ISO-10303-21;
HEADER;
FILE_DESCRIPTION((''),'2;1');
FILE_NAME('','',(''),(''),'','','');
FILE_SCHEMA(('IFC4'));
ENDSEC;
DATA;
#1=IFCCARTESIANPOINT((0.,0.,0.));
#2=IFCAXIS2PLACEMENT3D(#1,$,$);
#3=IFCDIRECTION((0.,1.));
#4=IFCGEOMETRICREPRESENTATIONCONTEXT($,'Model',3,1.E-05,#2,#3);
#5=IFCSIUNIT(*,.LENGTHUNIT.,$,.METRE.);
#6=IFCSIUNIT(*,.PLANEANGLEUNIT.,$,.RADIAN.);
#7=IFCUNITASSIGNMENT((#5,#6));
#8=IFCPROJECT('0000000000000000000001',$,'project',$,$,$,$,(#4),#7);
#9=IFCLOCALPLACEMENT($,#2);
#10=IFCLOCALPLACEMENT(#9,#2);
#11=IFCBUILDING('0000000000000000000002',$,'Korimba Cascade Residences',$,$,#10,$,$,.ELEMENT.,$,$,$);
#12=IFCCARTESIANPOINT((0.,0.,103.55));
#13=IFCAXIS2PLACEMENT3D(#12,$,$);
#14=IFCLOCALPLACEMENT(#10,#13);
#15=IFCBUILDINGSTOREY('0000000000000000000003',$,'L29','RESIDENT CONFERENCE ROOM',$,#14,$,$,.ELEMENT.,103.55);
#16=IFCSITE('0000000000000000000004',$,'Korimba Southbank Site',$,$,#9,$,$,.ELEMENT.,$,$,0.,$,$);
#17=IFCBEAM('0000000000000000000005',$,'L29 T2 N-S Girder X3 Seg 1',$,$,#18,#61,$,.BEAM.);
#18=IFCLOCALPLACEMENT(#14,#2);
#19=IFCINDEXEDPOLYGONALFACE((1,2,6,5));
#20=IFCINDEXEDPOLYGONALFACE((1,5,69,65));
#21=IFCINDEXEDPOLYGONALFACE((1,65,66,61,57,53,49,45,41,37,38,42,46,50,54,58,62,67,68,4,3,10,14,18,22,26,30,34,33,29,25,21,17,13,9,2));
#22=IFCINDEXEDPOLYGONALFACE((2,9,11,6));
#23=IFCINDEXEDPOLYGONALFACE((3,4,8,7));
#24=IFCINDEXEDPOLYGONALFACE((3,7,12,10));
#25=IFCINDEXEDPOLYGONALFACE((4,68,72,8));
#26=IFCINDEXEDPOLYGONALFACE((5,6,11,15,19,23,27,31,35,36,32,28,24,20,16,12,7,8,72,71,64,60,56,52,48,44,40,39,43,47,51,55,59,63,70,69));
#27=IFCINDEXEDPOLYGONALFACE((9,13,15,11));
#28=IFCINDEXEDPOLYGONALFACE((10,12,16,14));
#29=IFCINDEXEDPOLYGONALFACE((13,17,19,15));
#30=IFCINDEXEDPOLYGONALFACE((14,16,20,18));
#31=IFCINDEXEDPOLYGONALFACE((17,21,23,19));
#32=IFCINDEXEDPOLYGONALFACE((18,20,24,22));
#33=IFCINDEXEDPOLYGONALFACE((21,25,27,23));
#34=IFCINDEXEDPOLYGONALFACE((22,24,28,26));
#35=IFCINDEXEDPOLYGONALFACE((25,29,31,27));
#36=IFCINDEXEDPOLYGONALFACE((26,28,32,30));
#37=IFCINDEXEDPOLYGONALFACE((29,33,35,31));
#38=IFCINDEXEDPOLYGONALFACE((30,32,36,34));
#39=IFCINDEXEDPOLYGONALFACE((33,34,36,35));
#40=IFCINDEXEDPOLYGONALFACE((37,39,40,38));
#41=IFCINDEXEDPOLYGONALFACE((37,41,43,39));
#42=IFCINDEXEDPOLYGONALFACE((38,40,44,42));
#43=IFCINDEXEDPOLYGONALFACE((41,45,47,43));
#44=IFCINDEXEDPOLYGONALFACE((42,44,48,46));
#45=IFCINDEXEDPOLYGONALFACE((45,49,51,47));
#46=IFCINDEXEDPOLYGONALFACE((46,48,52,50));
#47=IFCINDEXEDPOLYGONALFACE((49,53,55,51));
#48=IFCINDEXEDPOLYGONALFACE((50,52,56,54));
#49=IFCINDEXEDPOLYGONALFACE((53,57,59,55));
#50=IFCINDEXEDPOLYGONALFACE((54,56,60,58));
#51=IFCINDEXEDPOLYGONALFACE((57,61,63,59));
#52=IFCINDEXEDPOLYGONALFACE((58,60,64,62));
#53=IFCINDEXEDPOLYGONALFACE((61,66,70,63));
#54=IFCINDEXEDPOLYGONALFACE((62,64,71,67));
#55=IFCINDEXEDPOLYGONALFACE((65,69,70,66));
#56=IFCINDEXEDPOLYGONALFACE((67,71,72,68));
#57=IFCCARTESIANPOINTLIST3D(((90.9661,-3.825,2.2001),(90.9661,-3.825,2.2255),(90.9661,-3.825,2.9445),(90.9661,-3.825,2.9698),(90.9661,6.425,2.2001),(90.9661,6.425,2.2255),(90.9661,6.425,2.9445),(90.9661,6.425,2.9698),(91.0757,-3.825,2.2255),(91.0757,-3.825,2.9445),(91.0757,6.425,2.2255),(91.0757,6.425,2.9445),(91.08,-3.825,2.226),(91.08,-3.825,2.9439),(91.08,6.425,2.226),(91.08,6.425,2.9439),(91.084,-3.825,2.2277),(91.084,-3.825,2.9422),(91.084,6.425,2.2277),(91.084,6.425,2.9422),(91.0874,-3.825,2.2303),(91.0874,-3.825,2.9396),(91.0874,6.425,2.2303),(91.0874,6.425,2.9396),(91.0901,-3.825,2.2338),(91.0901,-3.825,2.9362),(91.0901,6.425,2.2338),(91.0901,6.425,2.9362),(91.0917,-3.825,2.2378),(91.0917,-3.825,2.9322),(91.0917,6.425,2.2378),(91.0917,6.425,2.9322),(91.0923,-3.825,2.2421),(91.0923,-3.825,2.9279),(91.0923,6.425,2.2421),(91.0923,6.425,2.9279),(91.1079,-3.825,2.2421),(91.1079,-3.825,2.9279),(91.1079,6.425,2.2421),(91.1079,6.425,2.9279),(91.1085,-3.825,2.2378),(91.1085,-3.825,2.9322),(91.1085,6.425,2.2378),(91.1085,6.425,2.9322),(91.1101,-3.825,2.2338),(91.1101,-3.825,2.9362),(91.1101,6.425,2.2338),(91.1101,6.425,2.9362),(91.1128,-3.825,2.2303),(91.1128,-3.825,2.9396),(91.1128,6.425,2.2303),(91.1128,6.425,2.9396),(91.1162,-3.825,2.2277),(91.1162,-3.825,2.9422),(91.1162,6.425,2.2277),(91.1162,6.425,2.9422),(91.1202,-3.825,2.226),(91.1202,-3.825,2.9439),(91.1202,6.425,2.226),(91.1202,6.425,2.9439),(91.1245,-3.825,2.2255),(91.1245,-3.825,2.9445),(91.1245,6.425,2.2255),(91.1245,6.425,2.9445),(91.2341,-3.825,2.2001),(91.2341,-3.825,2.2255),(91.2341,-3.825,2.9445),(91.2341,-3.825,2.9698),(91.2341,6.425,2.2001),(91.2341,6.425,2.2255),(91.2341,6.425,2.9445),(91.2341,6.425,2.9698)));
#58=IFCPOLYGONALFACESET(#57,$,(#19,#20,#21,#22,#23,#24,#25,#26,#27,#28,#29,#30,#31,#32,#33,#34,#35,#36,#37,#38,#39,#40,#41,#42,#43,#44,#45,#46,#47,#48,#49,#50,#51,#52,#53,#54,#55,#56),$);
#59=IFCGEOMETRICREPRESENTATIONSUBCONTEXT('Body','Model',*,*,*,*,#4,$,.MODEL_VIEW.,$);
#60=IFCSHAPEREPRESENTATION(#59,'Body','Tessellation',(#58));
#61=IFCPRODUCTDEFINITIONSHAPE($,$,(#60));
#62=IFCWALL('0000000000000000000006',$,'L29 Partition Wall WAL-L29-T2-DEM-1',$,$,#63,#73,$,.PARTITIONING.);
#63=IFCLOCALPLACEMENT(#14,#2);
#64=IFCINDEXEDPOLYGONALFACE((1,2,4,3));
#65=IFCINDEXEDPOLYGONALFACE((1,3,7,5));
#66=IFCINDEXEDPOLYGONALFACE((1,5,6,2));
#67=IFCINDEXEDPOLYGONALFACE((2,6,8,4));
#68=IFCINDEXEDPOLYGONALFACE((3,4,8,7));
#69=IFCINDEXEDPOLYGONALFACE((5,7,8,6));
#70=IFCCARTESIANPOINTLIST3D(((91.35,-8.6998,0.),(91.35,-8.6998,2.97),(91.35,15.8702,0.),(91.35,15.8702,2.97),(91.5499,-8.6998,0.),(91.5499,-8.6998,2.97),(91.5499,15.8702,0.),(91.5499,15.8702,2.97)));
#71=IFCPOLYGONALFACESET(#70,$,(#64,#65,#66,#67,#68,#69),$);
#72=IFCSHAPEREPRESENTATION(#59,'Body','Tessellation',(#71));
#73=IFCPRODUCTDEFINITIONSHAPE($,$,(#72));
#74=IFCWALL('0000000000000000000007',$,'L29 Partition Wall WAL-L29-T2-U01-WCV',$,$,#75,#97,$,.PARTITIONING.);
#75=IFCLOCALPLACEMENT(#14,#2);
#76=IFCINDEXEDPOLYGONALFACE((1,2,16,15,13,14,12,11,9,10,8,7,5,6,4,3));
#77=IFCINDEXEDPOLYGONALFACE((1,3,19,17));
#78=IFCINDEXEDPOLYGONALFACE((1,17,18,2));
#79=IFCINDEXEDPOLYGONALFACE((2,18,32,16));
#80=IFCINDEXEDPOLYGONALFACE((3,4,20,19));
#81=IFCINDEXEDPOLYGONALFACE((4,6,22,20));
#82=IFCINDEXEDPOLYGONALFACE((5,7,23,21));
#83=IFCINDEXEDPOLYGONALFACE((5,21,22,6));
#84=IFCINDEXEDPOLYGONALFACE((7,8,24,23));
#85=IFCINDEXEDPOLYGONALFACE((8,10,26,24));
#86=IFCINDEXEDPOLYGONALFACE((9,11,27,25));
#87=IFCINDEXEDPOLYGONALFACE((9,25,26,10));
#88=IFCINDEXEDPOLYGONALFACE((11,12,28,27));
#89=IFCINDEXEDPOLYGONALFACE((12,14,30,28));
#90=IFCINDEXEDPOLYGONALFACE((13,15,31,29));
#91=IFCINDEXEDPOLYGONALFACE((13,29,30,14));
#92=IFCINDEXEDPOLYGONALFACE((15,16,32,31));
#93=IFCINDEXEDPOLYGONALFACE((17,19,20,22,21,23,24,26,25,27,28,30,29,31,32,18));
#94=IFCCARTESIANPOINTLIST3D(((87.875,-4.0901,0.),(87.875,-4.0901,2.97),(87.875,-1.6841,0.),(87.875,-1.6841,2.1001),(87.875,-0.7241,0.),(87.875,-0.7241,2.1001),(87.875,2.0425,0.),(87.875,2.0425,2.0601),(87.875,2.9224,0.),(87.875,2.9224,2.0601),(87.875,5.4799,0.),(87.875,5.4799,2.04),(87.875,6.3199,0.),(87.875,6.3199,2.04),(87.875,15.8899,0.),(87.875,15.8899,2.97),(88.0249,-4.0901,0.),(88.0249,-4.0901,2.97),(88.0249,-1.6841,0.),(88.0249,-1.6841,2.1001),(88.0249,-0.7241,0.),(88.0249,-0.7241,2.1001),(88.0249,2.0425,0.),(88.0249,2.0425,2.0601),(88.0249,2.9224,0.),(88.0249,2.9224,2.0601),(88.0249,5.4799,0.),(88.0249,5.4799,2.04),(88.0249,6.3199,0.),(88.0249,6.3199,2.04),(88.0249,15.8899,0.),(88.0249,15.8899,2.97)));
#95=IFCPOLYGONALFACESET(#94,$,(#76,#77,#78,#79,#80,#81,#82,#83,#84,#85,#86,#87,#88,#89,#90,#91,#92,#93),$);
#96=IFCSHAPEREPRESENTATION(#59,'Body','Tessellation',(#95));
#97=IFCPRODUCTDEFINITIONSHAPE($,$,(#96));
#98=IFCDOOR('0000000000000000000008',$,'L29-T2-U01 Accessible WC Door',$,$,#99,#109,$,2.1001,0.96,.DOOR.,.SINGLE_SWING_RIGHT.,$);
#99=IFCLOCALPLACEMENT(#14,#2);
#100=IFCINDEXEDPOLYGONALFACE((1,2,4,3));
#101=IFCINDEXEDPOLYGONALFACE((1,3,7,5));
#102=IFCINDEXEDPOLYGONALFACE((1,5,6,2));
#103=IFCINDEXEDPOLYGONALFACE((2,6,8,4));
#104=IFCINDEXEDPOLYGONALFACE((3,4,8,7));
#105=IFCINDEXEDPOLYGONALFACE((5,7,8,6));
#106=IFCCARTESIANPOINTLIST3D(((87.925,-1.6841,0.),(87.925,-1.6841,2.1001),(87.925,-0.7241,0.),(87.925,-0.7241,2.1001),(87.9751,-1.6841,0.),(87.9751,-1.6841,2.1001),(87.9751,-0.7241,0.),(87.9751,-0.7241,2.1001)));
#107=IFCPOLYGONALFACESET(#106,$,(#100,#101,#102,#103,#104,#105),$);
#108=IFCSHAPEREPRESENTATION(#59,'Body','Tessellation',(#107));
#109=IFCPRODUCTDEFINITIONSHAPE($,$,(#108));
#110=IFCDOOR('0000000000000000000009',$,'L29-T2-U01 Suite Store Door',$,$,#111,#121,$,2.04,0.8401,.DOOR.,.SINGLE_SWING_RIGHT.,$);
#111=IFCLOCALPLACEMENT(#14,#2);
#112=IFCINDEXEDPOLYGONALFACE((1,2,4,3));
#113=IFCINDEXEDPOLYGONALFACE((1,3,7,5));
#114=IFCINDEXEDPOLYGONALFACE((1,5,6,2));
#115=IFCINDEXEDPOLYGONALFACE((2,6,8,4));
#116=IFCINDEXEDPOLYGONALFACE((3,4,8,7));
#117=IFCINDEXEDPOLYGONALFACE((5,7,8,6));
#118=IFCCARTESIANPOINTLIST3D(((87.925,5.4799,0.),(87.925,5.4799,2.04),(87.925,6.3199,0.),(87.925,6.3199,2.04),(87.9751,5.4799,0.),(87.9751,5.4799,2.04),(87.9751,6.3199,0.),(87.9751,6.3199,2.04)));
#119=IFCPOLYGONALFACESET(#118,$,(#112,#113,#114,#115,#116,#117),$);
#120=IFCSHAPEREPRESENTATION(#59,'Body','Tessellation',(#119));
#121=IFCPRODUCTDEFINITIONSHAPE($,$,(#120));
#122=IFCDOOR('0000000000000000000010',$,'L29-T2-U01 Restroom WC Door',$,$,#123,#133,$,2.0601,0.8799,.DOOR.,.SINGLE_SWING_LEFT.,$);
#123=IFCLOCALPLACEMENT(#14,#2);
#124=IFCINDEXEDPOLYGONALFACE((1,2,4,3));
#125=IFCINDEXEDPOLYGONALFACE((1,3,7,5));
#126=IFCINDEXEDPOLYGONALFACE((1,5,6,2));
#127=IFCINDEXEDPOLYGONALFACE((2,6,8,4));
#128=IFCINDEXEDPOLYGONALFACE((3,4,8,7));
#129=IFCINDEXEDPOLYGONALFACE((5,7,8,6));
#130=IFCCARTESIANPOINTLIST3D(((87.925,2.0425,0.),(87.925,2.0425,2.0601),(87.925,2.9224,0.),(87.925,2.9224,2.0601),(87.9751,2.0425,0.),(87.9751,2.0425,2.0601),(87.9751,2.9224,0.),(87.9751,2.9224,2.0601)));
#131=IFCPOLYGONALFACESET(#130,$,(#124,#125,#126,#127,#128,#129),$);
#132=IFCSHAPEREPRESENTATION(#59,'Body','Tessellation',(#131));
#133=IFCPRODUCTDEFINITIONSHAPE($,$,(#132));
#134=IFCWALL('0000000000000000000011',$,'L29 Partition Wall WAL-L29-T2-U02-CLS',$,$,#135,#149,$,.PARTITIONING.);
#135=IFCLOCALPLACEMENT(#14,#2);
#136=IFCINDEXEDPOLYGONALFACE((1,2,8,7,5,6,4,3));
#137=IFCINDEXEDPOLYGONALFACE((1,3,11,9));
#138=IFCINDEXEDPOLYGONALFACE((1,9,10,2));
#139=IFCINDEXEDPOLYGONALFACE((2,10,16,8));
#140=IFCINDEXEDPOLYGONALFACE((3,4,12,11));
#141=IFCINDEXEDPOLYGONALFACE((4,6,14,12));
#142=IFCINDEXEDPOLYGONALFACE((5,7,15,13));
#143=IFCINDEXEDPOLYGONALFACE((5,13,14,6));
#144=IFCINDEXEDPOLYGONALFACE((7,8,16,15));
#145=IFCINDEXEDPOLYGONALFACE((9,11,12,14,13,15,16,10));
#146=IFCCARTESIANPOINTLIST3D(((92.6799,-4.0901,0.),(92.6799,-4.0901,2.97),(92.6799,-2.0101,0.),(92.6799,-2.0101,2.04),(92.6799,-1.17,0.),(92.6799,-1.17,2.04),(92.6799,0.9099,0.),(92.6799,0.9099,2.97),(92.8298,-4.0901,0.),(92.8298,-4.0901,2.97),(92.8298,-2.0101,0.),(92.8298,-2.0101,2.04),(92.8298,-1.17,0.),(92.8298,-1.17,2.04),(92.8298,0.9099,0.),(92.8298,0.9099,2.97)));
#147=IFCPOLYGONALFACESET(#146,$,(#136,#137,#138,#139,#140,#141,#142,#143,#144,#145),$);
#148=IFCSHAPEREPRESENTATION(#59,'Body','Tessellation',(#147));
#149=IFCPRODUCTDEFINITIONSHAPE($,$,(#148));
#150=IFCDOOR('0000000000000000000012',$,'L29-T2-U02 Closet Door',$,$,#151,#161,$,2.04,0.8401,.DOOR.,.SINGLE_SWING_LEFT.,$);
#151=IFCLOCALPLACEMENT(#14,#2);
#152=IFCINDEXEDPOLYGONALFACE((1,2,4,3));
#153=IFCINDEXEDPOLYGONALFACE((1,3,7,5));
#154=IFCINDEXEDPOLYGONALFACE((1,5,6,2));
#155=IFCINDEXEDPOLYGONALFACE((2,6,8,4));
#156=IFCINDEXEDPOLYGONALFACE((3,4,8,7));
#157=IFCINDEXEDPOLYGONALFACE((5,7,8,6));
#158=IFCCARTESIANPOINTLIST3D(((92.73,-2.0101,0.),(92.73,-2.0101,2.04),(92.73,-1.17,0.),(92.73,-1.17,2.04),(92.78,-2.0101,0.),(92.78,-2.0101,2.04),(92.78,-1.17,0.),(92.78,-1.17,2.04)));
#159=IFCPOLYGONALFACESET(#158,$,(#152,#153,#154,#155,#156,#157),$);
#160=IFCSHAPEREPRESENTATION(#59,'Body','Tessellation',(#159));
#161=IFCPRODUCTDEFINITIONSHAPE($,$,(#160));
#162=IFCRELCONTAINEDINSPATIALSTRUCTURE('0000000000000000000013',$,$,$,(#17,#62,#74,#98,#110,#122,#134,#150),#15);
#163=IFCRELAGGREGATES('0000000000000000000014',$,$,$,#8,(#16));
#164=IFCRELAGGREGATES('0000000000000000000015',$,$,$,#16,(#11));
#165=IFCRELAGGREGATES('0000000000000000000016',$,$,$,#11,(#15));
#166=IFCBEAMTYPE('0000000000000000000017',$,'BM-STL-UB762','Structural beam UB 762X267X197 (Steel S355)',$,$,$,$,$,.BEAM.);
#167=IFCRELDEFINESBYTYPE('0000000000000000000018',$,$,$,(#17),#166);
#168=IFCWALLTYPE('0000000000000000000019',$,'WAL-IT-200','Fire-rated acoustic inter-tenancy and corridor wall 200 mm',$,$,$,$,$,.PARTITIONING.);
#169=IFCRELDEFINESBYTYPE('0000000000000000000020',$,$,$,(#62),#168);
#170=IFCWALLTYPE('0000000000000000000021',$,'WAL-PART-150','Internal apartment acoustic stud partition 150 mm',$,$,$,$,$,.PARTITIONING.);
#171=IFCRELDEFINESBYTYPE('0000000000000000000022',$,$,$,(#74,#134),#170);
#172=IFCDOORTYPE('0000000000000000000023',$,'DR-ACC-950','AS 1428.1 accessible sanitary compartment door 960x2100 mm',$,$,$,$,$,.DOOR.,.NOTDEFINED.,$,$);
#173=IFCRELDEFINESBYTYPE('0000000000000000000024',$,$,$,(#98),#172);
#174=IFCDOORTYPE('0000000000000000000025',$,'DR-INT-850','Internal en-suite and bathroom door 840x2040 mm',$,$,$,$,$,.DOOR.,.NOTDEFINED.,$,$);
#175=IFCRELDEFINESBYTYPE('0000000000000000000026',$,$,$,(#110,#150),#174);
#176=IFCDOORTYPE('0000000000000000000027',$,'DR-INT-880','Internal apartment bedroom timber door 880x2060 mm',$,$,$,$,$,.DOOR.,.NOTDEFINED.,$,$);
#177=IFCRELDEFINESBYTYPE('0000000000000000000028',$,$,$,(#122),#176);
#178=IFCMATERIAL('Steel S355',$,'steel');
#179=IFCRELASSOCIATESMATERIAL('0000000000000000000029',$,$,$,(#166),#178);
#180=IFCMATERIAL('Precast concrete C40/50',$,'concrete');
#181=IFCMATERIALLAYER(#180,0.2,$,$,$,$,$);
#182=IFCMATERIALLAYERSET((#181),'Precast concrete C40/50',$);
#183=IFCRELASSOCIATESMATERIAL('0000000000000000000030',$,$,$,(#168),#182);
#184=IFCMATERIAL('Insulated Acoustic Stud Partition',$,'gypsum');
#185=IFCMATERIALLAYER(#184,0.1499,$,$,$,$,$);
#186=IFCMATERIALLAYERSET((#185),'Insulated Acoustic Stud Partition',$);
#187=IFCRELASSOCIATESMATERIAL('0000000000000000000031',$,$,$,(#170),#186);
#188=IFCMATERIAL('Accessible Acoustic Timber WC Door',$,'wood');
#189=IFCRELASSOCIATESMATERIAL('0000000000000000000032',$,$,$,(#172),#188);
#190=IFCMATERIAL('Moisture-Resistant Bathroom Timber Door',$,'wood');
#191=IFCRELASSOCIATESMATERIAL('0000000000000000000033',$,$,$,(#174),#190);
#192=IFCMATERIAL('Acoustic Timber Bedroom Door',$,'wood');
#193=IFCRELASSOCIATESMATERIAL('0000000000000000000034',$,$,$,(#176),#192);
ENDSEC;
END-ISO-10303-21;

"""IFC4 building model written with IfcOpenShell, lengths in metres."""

from ifc_helpers import new_model, si_unit, direction, frame, frame_2d, origin, origin_2d, place, context, subcontext, project, spatial, rectangle, i_section, extrude, material, layer, layer_set, material_profile, profile_set, type_object, element, fill, save


model = new_model("IFC4")

# Units and contexts
model_context = context("Model", 3, precision=1e-05, world=origin(), true_north=direction((0.0, 1.0)))
body_context = subcontext(model_context, "Body", "Model", "MODEL_VIEW")
ifc_project = project(units=[si_unit("LENGTHUNIT", "METRE"), si_unit("PLANEANGLEUNIT", "RADIAN")], contexts=[model_context])

# Site, building, storey
site_placement = place(None, origin())
site = spatial("IfcSite", under=ifc_project, at=site_placement, Name="Korimba Southbank Site", CompositionType="ELEMENT", RefElevation=0.0)
building_placement = place(site_placement, origin())
building = spatial("IfcBuilding", under=site, at=building_placement, Name="Korimba Cascade Residences", CompositionType="ELEMENT")
storey_placement = place(building_placement, frame((0.0, 0.0, 103.55)))
storey = spatial("IfcBuildingStorey", under=building, at=storey_placement, Name="L29", Description="RESIDENT CONFERENCE ROOM", CompositionType="ELEMENT", Elevation=103.55)

# Beam
ifc_material_1 = material(Name="Steel S355", Category="steel")
ifc_material_profile_1 = material_profile(ifc_material_1, i_section(OverallWidth=0.2681, OverallDepth=0.7698, WebThickness=0.0156, FlangeThickness=0.0254, FilletRadius=0.0166, at=origin_2d()), Name="Steel S355")
ifc_profile_set_1 = profile_set([ifc_material_profile_1], Name="Steel S355")
beam_type_1 = type_object("IfcBeamType", Name="BM-STL-UB762", Description="Structural beam UB 762X267X197 (Steel S355)", PredefinedType="BEAM", material=ifc_profile_set_1)
for number, where, z_axis, x_axis, name in (
    (1, (91.1001, -3.825, 2.585), (0.0, 1.0, 0.0), (-1.0, 0.0, 0.0), "L29 T2 N-S Girder X3 Seg 1"),
):
    element("IfcBeam", number, at=place(storey_placement, frame(where, z_axis=z_axis, x_axis=x_axis)), inside=storey, type_object=beam_type_1, Name=name, PredefinedType="BEAM", context=body_context, shape_type="SweptSolid", body=[
        extrude(i_section(OverallWidth=0.2681, OverallDepth=0.7698, WebThickness=0.0156, FlangeThickness=0.0254, FilletRadius=0.0166, at=origin_2d()), origin(), (0.0, 0.0, 1.0), 10.25),
    ])

# Wall
ifc_material_2 = material(Name="Precast concrete C40/50", Category="concrete")
ifc_layer_1 = layer(ifc_material_2, 0.2)
ifc_layer_set_1 = layer_set([ifc_layer_1], Name="Precast concrete C40/50")
wall_type_1 = type_object("IfcWallType", Name="WAL-IT-200", Description="Fire-rated acoustic inter-tenancy and corridor wall 200 mm", PredefinedType="PARTITIONING", material=ifc_layer_set_1)
wall_1_placement = place(storey_placement, frame((91.45, -8.7, 0.0), z_axis=(0.0, 0.0, 1.0), x_axis=(0.0, 1.0, 0.0)))
element("IfcWall", 2, at=wall_1_placement, inside=storey, type_object=wall_type_1, Name="L29 Partition Wall WAL-L29-T2-DEM-1", PredefinedType="PARTITIONING", context=body_context, shape_type="SweptSolid", body=[
    extrude(rectangle(XDim=24.5701, YDim=0.2, at=frame_2d((12.2852, 0.0))), origin(), (0.0, 0.0, 1.0), 2.97),
])

# Wall, openings, doors
ifc_material_3 = material(Name="Insulated Acoustic Stud Partition", Category="gypsum")
ifc_layer_2 = layer(ifc_material_3, 0.1499)
ifc_layer_set_2 = layer_set([ifc_layer_2], Name="Insulated Acoustic Stud Partition")
wall_type_2 = type_object("IfcWallType", Name="WAL-PART-150", Description="Internal apartment acoustic stud partition 150 mm", PredefinedType="PARTITIONING", material=ifc_layer_set_2)
wall_2_placement = place(storey_placement, frame((87.95, -4.0901, 0.0), z_axis=(0.0, 0.0, 1.0), x_axis=(0.0, 1.0, 0.0)))
wall_2 = element("IfcWall", 3, at=wall_2_placement, inside=storey, type_object=wall_type_2, Name="L29 Partition Wall WAL-L29-T2-U01-WCV", PredefinedType="PARTITIONING", context=body_context, shape_type="SweptSolid", body=[
    extrude(rectangle(XDim=19.98, YDim=0.1499, at=frame_2d((9.99, 0.0))), origin(), (0.0, 0.0, 1.0), 2.97),
])
opening_1_placement = place(wall_2_placement, frame((2.406, 0.0, 0.0)))
opening_1 = element("IfcOpeningElement", 4, at=opening_1_placement, cuts=wall_2, PredefinedType="OPENING", context=body_context, shape_type="SweptSolid", body=[
    extrude(rectangle(XDim=0.96, YDim=2.1001, at=frame_2d((0.48, 1.05))), frame((0.0, 0.085, 0.0), z_axis=(0.0, -1.0, 0.0), x_axis=(1.0, 0.0, 0.0)), (0.0, 0.0, 1.0), 0.1699),
])
opening_2_placement = place(wall_2_placement, frame((6.1326, 0.0, 0.0)))
opening_2 = element("IfcOpeningElement", 5, at=opening_2_placement, cuts=wall_2, PredefinedType="OPENING", context=body_context, shape_type="SweptSolid", body=[
    extrude(rectangle(XDim=0.8799, YDim=2.0601, at=frame_2d((0.4399, 1.03))), frame((0.0, 0.085, 0.0), z_axis=(0.0, -1.0, 0.0), x_axis=(1.0, 0.0, 0.0)), (0.0, 0.0, 1.0), 0.1699),
])
opening_3_placement = place(wall_2_placement, frame((9.5701, 0.0, 0.0)))
opening_3 = element("IfcOpeningElement", 6, at=opening_3_placement, cuts=wall_2, PredefinedType="OPENING", context=body_context, shape_type="SweptSolid", body=[
    extrude(rectangle(XDim=0.8401, YDim=2.04, at=frame_2d((0.4199, 1.02))), frame((0.0, 0.085, 0.0), z_axis=(0.0, -1.0, 0.0), x_axis=(1.0, 0.0, 0.0)), (0.0, 0.0, 1.0), 0.1699),
])
ifc_material_4 = material(Name="Accessible Acoustic Timber WC Door", Category="wood")
door_type_1 = type_object("IfcDoorType", Name="DR-ACC-950", Description="AS 1428.1 accessible sanitary compartment door 960x2100 mm", OperationType="NOTDEFINED", PredefinedType="DOOR", material=ifc_material_4)
door_1_placement = place(opening_1_placement, origin())
door_1 = element("IfcDoor", 7, at=door_1_placement, inside=storey, type_object=door_type_1, Name="L29-T2-U01 Accessible WC Door", OperationType="SINGLE_SWING_RIGHT", OverallHeight=2.1001, OverallWidth=0.96, PredefinedType="DOOR", context=body_context, shape_type="SweptSolid", body=[
    extrude(rectangle(XDim=0.96, YDim=2.1001, at=frame_2d((0.48, 1.05))), frame((0.0, 0.0249, 0.0), z_axis=(0.0, -1.0, 0.0), x_axis=(1.0, 0.0, 0.0)), (0.0, 0.0, 1.0), 0.05),
])
fill(opening_1, door_1)
ifc_material_5 = material(Name="Moisture-Resistant Bathroom Timber Door", Category="wood")
door_type_2 = type_object("IfcDoorType", Name="DR-INT-850", Description="Internal en-suite and bathroom door 840x2040 mm", OperationType="NOTDEFINED", PredefinedType="DOOR", material=ifc_material_5)
door_2_placement = place(opening_3_placement, origin())
door_2 = element("IfcDoor", 8, at=door_2_placement, inside=storey, type_object=door_type_2, Name="L29-T2-U01 Suite Store Door", OperationType="SINGLE_SWING_RIGHT", OverallHeight=2.04, OverallWidth=0.8401, PredefinedType="DOOR", context=body_context, shape_type="SweptSolid", body=[
    extrude(rectangle(XDim=0.8401, YDim=2.04, at=frame_2d((0.4199, 1.02))), frame((0.0, 0.0249, 0.0), z_axis=(0.0, -1.0, 0.0), x_axis=(1.0, 0.0, 0.0)), (0.0, 0.0, 1.0), 0.05),
])
fill(opening_3, door_2)
ifc_material_6 = material(Name="Acoustic Timber Bedroom Door", Category="wood")
door_type_3 = type_object("IfcDoorType", Name="DR-INT-880", Description="Internal apartment bedroom timber door 880x2060 mm", OperationType="NOTDEFINED", PredefinedType="DOOR", material=ifc_material_6)
door_3_placement = place(opening_2_placement, origin())
door_3 = element("IfcDoor", 9, at=door_3_placement, inside=storey, type_object=door_type_3, Name="L29-T2-U01 Restroom WC Door", OperationType="SINGLE_SWING_LEFT", OverallHeight=2.0601, OverallWidth=0.8799, PredefinedType="DOOR", context=body_context, shape_type="SweptSolid", body=[
    extrude(rectangle(XDim=0.8799, YDim=2.0601, at=frame_2d((0.4399, 1.03))), frame((0.0, 0.0249, 0.0), z_axis=(0.0, -1.0, 0.0), x_axis=(1.0, 0.0, 0.0)), (0.0, 0.0, 1.0), 0.05),
])
fill(opening_2, door_3)

# Wall, opening, door
wall_3_placement = place(storey_placement, frame((92.7549, -4.0901, 0.0), z_axis=(0.0, 0.0, 1.0), x_axis=(0.0, 1.0, 0.0)))
wall_3 = element("IfcWall", 10, at=wall_3_placement, inside=storey, type_object=wall_type_2, Name="L29 Partition Wall WAL-L29-T2-U02-CLS", PredefinedType="PARTITIONING", context=body_context, shape_type="SweptSolid", body=[
    extrude(rectangle(XDim=5.0, YDim=0.1499, at=frame_2d((2.5, 0.0))), origin(), (0.0, 0.0, 1.0), 2.97),
])
opening_4_placement = place(wall_3_placement, frame((2.0801, 0.0, 0.0)))
opening_4 = element("IfcOpeningElement", 11, at=opening_4_placement, cuts=wall_3, PredefinedType="OPENING", context=body_context, shape_type="SweptSolid", body=[
    extrude(rectangle(XDim=0.8401, YDim=2.04, at=frame_2d((0.4199, 1.02))), frame((0.0, 0.085, 0.0), z_axis=(0.0, -1.0, 0.0), x_axis=(1.0, 0.0, 0.0)), (0.0, 0.0, 1.0), 0.1699),
])
door_4_placement = place(opening_4_placement, origin())
door_4 = element("IfcDoor", 12, at=door_4_placement, inside=storey, type_object=door_type_2, Name="L29-T2-U02 Closet Door", OperationType="SINGLE_SWING_LEFT", OverallHeight=2.04, OverallWidth=0.8401, PredefinedType="DOOR", context=body_context, shape_type="SweptSolid", body=[
    extrude(rectangle(XDim=0.8401, YDim=2.04, at=frame_2d((0.4199, 1.02))), frame((0.0, 0.0249, 0.0), z_axis=(0.0, -1.0, 0.0), x_axis=(1.0, 0.0, 0.0)), (0.0, 0.0, 1.0), 0.05),
])
fill(opening_4, door_4)

save(model, "model.ifc")
